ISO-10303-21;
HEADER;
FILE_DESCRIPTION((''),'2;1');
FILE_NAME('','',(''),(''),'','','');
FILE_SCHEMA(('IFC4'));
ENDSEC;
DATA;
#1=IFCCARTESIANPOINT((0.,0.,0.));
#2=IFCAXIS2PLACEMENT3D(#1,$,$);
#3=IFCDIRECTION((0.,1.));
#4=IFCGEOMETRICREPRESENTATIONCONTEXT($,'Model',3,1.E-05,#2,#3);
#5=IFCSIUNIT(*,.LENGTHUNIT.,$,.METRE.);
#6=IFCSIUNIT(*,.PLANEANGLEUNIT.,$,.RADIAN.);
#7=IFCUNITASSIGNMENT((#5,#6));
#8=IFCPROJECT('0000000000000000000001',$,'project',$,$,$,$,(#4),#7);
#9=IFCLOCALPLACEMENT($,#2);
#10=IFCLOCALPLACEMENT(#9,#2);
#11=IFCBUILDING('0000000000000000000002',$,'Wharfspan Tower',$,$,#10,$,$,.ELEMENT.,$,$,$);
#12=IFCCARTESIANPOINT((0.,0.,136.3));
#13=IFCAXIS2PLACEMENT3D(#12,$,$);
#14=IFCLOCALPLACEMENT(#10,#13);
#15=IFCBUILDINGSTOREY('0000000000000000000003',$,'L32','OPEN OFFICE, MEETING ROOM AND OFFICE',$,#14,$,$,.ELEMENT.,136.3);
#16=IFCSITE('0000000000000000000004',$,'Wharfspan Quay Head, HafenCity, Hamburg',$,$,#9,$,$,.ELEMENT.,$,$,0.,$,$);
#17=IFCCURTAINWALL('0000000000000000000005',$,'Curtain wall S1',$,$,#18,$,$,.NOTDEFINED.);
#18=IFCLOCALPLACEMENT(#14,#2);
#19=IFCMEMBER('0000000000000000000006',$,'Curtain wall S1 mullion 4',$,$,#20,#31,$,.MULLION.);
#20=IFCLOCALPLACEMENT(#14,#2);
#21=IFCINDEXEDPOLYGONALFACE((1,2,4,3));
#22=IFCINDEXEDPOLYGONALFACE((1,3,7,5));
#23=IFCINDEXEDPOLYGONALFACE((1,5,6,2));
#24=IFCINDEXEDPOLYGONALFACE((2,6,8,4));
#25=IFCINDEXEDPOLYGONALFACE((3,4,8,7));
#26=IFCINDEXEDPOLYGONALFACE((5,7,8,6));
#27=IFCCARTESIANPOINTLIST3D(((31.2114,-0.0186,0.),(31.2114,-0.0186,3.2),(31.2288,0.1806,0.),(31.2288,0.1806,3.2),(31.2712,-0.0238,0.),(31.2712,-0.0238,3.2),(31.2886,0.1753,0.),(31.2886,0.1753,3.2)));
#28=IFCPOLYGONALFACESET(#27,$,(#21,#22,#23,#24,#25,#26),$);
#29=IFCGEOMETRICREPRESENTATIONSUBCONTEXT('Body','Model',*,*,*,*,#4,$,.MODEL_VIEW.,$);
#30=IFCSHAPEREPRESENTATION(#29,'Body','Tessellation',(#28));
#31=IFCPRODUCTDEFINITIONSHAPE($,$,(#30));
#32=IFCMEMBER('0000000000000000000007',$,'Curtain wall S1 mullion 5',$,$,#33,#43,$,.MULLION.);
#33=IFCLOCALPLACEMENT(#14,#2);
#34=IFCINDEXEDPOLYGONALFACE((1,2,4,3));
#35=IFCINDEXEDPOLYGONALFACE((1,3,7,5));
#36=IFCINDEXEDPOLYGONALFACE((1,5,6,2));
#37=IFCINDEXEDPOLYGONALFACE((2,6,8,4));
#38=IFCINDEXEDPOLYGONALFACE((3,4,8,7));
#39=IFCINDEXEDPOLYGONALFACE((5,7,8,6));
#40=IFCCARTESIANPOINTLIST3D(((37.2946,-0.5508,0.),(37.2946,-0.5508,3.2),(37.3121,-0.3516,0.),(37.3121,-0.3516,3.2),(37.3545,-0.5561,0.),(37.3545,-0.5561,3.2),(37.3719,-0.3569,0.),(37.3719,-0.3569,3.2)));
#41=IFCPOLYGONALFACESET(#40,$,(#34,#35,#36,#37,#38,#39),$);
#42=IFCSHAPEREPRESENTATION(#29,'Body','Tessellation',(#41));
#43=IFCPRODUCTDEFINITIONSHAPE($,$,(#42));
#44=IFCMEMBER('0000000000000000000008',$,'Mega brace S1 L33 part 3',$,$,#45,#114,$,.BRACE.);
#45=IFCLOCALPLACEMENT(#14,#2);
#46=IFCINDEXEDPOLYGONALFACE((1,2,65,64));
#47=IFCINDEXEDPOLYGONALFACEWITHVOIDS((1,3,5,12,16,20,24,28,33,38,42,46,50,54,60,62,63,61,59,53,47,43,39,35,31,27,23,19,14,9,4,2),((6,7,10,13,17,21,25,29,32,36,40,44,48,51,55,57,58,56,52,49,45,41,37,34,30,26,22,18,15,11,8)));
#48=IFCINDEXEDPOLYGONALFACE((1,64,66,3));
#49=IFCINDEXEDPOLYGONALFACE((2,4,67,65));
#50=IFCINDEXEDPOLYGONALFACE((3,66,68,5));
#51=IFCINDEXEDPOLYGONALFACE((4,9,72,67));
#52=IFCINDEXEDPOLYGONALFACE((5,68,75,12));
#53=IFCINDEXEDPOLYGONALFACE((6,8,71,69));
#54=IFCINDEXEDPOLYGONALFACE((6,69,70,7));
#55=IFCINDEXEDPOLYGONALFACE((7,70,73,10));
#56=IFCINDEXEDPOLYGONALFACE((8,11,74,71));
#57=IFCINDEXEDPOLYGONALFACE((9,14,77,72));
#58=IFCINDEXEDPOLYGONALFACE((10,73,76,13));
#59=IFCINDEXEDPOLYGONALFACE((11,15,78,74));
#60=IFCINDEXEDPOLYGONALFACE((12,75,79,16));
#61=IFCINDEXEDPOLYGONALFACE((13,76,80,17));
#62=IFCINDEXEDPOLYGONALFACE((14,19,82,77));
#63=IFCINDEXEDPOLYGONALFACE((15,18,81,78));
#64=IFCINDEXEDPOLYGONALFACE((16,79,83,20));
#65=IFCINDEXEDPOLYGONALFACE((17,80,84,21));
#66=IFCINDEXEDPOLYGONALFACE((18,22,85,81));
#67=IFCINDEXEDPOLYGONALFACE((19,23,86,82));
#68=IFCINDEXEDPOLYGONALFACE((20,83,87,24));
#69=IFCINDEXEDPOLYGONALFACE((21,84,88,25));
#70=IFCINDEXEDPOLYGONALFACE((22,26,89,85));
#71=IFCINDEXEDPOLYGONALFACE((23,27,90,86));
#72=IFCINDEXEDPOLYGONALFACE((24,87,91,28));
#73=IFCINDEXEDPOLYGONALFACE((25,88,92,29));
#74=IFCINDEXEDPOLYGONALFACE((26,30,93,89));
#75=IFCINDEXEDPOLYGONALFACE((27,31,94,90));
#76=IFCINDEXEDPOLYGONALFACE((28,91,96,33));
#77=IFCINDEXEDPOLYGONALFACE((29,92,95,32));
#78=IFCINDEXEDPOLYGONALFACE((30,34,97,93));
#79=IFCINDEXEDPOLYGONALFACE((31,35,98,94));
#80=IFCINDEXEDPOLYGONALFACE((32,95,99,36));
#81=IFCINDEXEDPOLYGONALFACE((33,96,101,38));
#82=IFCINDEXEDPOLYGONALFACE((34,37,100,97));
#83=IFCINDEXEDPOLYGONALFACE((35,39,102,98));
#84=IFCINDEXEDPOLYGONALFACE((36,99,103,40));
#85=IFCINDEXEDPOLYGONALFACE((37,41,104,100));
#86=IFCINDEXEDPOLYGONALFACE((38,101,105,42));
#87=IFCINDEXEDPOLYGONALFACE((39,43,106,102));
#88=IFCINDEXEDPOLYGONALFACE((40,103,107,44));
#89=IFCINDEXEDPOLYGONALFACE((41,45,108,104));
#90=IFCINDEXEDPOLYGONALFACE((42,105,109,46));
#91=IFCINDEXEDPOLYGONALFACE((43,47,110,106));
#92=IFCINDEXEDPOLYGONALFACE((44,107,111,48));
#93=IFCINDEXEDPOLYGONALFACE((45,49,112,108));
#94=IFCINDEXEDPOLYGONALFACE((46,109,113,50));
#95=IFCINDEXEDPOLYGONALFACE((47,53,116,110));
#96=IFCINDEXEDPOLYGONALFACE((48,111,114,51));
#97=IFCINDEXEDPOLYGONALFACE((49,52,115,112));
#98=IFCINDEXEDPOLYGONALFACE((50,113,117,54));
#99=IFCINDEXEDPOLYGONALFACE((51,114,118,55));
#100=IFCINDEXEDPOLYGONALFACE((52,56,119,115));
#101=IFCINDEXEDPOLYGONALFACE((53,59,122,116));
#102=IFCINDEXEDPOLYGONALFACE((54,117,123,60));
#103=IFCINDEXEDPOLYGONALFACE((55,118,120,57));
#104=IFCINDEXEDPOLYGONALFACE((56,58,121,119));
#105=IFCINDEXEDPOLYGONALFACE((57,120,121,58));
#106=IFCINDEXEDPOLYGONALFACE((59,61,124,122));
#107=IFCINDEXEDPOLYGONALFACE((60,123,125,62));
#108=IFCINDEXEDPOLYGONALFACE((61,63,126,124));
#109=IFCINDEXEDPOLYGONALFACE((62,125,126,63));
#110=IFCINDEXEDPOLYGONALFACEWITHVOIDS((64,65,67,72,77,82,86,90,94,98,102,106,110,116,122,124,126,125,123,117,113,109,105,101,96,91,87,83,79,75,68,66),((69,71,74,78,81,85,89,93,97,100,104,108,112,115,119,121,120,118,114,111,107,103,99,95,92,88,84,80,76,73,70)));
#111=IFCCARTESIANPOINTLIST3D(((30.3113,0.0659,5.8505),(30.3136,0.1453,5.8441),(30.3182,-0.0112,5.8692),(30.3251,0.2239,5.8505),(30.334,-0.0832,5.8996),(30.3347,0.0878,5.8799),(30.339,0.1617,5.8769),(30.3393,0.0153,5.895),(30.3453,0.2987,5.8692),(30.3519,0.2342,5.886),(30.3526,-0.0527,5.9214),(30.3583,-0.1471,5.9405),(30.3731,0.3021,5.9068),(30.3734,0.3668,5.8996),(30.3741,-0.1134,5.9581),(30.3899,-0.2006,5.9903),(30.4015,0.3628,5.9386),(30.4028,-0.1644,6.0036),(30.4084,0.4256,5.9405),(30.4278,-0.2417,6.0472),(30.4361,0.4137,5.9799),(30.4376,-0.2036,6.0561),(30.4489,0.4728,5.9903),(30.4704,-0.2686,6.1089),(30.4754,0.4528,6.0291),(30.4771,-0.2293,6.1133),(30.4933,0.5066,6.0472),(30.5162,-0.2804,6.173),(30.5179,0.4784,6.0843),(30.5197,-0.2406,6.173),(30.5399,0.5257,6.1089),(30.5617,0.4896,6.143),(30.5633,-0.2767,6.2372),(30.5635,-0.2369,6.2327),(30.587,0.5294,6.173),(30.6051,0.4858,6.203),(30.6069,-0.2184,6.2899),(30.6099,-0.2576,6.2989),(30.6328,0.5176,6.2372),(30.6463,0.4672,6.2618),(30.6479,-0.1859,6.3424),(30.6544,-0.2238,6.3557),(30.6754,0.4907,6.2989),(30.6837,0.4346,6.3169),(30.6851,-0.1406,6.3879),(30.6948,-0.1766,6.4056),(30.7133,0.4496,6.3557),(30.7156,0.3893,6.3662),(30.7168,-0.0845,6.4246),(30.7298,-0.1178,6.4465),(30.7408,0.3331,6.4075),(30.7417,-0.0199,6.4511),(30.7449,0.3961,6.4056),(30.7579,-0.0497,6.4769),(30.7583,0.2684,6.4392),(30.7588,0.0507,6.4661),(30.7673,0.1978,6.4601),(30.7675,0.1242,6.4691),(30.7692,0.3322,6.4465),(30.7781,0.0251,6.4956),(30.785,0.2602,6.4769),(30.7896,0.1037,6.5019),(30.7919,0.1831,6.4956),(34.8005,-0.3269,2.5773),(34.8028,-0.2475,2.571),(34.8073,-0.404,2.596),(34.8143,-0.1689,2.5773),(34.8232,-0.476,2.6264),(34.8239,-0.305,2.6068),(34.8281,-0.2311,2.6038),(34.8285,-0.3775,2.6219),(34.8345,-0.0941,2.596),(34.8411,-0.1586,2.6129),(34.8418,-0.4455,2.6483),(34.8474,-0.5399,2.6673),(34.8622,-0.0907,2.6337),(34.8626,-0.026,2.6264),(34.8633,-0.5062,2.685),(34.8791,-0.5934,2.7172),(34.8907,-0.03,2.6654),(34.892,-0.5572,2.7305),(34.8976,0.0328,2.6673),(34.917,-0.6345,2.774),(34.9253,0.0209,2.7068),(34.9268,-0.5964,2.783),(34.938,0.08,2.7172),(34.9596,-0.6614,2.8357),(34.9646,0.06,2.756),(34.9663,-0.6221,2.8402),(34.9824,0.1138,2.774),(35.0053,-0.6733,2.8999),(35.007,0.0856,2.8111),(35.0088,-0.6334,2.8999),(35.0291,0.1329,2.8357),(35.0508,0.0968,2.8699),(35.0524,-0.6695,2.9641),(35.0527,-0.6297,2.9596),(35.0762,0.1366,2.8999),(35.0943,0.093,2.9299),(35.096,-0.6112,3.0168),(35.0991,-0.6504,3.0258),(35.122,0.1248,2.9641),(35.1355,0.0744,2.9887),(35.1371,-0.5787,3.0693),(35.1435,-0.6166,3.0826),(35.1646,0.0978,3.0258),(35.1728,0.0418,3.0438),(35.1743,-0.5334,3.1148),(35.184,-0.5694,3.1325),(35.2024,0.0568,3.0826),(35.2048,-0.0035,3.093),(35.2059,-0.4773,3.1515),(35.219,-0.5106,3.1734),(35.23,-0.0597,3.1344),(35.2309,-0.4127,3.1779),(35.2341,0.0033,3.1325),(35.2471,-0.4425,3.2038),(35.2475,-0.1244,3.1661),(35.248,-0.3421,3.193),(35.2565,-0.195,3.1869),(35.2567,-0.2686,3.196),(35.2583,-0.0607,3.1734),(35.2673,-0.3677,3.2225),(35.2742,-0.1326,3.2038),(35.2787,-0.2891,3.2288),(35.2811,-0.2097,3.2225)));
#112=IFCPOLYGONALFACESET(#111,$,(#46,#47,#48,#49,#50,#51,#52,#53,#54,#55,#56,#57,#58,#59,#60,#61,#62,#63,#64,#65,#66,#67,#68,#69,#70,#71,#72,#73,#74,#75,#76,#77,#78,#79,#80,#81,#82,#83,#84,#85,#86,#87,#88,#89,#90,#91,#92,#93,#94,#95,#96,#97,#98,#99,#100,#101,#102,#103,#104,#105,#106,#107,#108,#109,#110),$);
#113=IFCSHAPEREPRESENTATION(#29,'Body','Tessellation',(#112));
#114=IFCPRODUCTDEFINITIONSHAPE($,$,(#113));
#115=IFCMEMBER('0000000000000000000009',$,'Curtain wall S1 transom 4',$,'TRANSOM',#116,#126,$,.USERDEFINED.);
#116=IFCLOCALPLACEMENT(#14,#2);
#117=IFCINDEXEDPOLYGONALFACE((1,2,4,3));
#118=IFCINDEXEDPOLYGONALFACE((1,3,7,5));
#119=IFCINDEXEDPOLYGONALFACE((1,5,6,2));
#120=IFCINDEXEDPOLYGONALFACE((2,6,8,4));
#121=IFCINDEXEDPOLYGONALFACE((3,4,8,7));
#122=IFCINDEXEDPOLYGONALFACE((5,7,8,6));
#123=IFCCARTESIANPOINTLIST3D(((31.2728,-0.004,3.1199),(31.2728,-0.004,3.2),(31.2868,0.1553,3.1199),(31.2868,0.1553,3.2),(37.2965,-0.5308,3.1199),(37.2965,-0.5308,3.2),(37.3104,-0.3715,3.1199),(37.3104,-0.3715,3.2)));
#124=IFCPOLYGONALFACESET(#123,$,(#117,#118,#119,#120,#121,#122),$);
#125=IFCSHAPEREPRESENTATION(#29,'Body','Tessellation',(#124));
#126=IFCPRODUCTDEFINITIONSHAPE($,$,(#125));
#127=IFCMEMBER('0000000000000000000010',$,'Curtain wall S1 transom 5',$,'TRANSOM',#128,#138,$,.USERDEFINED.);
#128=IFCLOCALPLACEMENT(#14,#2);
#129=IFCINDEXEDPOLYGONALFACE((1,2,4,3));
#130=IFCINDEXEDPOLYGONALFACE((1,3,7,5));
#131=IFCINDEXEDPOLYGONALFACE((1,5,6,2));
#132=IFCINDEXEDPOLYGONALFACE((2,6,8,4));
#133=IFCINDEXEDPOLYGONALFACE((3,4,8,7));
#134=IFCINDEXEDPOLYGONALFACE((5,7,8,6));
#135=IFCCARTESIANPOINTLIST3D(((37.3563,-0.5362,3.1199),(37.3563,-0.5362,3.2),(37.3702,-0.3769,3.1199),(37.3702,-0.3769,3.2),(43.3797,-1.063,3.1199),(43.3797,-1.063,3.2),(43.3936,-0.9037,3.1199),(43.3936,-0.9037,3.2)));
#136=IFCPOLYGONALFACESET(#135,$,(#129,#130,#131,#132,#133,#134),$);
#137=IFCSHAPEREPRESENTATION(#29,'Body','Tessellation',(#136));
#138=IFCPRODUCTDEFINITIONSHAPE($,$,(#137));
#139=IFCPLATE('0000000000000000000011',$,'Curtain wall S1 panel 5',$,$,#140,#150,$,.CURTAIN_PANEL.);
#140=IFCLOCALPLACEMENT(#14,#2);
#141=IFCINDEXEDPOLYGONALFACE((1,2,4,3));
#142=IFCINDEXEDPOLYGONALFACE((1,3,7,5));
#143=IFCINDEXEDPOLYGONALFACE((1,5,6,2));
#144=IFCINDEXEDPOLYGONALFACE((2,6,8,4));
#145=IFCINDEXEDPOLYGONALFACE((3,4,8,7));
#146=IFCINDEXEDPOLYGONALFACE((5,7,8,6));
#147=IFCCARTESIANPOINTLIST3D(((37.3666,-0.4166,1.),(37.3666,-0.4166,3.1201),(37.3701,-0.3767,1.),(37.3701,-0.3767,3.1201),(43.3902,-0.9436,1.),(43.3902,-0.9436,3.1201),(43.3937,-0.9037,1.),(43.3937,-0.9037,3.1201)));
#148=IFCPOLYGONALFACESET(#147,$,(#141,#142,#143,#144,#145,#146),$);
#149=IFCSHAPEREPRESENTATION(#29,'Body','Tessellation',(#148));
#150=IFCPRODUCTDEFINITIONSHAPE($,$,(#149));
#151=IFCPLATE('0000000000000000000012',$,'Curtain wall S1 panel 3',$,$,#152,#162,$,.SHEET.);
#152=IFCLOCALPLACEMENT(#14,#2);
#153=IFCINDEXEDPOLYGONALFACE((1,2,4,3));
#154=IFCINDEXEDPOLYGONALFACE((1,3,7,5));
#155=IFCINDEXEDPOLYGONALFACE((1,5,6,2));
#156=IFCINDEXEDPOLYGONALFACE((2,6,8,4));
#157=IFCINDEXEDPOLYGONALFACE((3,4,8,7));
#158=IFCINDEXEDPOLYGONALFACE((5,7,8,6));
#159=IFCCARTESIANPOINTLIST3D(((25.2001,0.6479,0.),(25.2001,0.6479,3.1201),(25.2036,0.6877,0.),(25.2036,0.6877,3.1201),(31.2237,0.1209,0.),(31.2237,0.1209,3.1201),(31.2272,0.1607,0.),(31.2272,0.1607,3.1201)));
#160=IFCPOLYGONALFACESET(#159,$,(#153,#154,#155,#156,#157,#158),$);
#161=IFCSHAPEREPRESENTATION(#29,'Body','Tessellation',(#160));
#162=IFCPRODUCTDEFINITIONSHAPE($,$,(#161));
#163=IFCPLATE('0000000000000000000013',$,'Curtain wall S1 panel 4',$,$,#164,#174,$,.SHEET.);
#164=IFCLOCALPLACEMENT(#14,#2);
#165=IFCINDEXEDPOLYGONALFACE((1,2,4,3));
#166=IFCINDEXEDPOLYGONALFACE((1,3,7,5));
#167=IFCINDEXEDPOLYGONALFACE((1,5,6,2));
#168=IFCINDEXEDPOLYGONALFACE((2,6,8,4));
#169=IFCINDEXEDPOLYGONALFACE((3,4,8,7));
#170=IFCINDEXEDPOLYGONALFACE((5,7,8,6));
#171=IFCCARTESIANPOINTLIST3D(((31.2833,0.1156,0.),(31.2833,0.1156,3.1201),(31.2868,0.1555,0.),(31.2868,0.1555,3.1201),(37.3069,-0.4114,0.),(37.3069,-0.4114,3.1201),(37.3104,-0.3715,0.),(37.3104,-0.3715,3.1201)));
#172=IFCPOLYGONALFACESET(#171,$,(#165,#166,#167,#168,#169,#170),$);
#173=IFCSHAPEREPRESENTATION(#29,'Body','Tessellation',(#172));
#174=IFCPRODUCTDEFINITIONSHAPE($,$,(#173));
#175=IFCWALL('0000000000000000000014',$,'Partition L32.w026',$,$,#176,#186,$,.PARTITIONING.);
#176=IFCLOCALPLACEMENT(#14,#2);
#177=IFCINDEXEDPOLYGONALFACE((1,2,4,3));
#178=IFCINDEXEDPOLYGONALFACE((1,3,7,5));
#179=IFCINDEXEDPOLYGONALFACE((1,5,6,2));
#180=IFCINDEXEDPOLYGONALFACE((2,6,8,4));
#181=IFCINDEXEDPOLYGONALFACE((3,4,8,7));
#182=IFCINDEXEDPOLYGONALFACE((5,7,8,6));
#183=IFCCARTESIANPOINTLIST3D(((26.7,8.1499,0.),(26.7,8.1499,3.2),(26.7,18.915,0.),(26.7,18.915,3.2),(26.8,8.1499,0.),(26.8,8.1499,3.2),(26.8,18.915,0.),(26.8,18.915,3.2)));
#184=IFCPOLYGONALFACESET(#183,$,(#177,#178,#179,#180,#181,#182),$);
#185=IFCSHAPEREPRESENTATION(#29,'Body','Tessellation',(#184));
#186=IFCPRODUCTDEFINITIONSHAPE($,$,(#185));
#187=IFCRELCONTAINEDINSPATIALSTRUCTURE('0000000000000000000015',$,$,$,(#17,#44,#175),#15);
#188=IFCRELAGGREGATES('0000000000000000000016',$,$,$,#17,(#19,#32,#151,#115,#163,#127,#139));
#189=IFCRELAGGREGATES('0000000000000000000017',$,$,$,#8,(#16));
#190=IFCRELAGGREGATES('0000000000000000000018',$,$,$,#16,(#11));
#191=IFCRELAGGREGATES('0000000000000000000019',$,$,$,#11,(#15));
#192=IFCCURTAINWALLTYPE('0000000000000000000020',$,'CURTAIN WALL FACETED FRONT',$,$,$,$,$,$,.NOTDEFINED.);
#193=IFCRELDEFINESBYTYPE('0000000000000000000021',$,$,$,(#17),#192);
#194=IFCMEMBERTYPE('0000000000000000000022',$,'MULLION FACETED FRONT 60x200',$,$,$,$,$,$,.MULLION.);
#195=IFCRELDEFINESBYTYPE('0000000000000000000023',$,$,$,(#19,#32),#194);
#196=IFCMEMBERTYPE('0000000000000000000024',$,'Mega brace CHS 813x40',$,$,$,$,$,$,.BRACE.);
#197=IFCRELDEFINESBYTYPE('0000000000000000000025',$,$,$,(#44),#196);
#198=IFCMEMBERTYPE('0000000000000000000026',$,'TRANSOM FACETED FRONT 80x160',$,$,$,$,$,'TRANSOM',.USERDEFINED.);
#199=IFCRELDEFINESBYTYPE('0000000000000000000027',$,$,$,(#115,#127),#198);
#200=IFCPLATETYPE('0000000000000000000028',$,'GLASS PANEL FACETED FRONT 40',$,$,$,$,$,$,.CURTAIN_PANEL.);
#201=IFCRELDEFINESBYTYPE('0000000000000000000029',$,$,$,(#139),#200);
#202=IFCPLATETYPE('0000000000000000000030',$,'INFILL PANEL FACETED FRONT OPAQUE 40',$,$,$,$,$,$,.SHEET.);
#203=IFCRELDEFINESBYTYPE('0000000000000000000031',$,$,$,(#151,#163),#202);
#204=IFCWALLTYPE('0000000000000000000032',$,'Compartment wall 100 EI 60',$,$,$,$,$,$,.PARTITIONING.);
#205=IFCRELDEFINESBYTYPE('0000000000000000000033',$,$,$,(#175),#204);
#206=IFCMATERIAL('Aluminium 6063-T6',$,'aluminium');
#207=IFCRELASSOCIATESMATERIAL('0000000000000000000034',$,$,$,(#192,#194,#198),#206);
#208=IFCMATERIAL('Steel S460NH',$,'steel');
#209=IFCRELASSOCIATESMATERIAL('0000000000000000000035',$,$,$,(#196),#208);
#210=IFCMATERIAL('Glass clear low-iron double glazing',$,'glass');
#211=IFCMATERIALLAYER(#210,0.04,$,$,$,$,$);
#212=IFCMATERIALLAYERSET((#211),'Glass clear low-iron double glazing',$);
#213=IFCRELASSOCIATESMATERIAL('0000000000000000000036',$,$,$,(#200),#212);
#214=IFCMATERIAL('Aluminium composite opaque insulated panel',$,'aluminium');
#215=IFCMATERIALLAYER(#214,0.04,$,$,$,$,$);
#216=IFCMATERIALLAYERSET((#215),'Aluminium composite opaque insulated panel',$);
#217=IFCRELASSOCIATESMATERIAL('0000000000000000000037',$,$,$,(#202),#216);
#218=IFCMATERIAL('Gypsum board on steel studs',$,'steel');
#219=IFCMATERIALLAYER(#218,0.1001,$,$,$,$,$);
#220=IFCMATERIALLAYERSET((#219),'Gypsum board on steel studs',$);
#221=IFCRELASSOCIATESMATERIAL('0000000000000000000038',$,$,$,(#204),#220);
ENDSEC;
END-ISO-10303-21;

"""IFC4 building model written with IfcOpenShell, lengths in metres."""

from ifc_helpers import new_model, si_unit, direction, frame, frame_2d, origin, origin_2d, place, context, subcontext, project, spatial, rectangle, hollow_circle, extrude, material, layer, layer_set, material_profile, profile_set, type_object, element, aggregate, save


model = new_model("IFC4")

# Units and contexts
model_context = context("Model", 3, precision=1e-05, world=origin(), true_north=direction((0.0, 1.0)))
body_context = subcontext(model_context, "Body", "Model", "MODEL_VIEW")
ifc_project = project(units=[si_unit("LENGTHUNIT", "METRE"), si_unit("PLANEANGLEUNIT", "RADIAN")], contexts=[model_context])

# Site, building, storey
site_placement = place(None, origin())
site = spatial("IfcSite", under=ifc_project, at=site_placement, Name="Wharfspan Quay Head, HafenCity, Hamburg", CompositionType="ELEMENT", RefElevation=0.0)
building_placement = place(site_placement, origin())
building = spatial("IfcBuilding", under=site, at=building_placement, Name="Wharfspan Tower", CompositionType="ELEMENT")
storey_placement = place(building_placement, frame((0.0, 0.0, 136.3)))
storey = spatial("IfcBuildingStorey", under=building, at=storey_placement, Name="L32", Description="OPEN OFFICE, MEETING ROOM AND OFFICE", CompositionType="ELEMENT", Elevation=136.3)

# Curtain wall, members
ifc_material_1 = material(Name="Aluminium 6063-T6", Category="aluminium")
curtain_wall_type = type_object("IfcCurtainWallType", Name="CURTAIN WALL FACETED FRONT", PredefinedType="NOTDEFINED", material=ifc_material_1)
curtain_wall_placement = place(storey_placement, origin())
curtain_wall = element("IfcCurtainWall", 1, at=curtain_wall_placement, inside=storey, type_object=curtain_wall_type, Name="Curtain wall S1", PredefinedType="NOTDEFINED")
ifc_material_profile_1 = material_profile(ifc_material_1, rectangle(XDim=0.2, YDim=0.0601, at=origin_2d()))
ifc_profile_set_1 = profile_set([ifc_material_profile_1], Name="Aluminium 6063-T6")
member_type_1 = type_object("IfcMemberType", Name="MULLION FACETED FRONT 60x200", PredefinedType="MULLION", material=ifc_profile_set_1)
member_1_placement = place(storey_placement, frame((31.25, 0.0784, 0.0), z_axis=(0.0, 0.0, 1.0), x_axis=(0.087156, 0.996198, 0.0)))
member_1 = element("IfcMember", 2, at=member_1_placement, type_object=member_type_1, Name="Curtain wall S1 mullion 4", PredefinedType="MULLION", context=body_context, shape_type="SweptSolid", body=[
    extrude(rectangle(XDim=0.2, YDim=0.0601, at=origin_2d()), origin(), (0.0, 0.0, 1.0), 3.2),
])
member_2_placement = place(storey_placement, frame((37.3333, -0.4539, 0.0), z_axis=(0.0, 0.0, 1.0), x_axis=(0.087156, 0.996198, 0.0)))
member_2 = element("IfcMember", 3, at=member_2_placement, type_object=member_type_1, Name="Curtain wall S1 mullion 5", PredefinedType="MULLION", context=body_context, shape_type="SweptSolid", body=[
    extrude(rectangle(XDim=0.2, YDim=0.0601, at=origin_2d()), origin(), (0.0, 0.0, 1.0), 3.2),
])

# Members
ifc_material_2 = material(Name="Steel S460NH", Category="steel")
ifc_material_profile_2 = material_profile(ifc_material_2, hollow_circle(Radius=0.4065, WallThickness=0.04, at=origin_2d()))
ifc_profile_set_2 = profile_set([ifc_material_profile_2], Name="Steel S460NH")
member_type_2 = type_object("IfcMemberType", Name="Mega brace CHS 813x40", PredefinedType="BRACE", material=ifc_profile_set_2)
member_3_placement = place(storey_placement, frame((35.0408, -0.2683, 2.8999), z_axis=(-0.806015, 0.070528, 0.587679), x_axis=(-0.087171, -0.996191, -0.000003)))
element("IfcMember", 4, at=member_3_placement, inside=storey, type_object=member_type_2, Name="Mega brace S1 L33 part 3", PredefinedType="BRACE", context=body_context, shape_type="SweptSolid", body=[
    extrude(hollow_circle(Radius=0.4065, WallThickness=0.04, at=origin_2d()), origin(), (0.0, 0.0, 1.0), 5.5696),
])
ifc_material_profile_3 = material_profile(ifc_material_1, rectangle(XDim=0.1599, YDim=0.0801, at=origin_2d()))
ifc_profile_set_3 = profile_set([ifc_material_profile_3], Name="Aluminium 6063-T6")
member_type_3 = type_object("IfcMemberType", Name="TRANSOM FACETED FRONT 80x160", ElementType="TRANSOM", PredefinedType="USERDEFINED", material=ifc_profile_set_3)
member_4_placement = place(storey_placement, frame((31.2798, 0.0757, 3.1599), z_axis=(0.996197, -0.087131, 0.0), x_axis=(0.087131, 0.996197, 0.0)))
member_4 = element("IfcMember", 5, at=member_4_placement, type_object=member_type_3, Name="Curtain wall S1 transom 4", ObjectType="TRANSOM", PredefinedType="USERDEFINED", context=body_context, shape_type="SweptSolid", body=[
    extrude(rectangle(XDim=0.1599, YDim=0.0801, at=origin_2d()), origin(), (0.0, 0.0, 1.0), 6.0466),
])
member_5_placement = place(storey_placement, frame((37.3633, -0.4565, 3.1599), z_axis=(0.996197, -0.087135, 0.0), x_axis=(0.087135, 0.996197, 0.0)))
member_5 = element("IfcMember", 6, at=member_5_placement, type_object=member_type_3, Name="Curtain wall S1 transom 5", ObjectType="TRANSOM", PredefinedType="USERDEFINED", context=body_context, shape_type="SweptSolid", body=[
    extrude(rectangle(XDim=0.1599, YDim=0.0801, at=origin_2d()), origin(), (0.0, 0.0, 1.0), 6.0464),
])

# Plates
ifc_material_3 = material(Name="Glass clear low-iron double glazing", Category="glass")
ifc_layer_1 = layer(ifc_material_3, 0.04)
ifc_layer_set_1 = layer_set([ifc_layer_1], Name="Glass clear low-iron double glazing")
plate_type_1 = type_object("IfcPlateType", Name="GLASS PANEL FACETED FRONT 40", PredefinedType="CURTAIN_PANEL", material=ifc_layer_set_1)
plate_1_placement = place(storey_placement, frame((40.3801, -0.6602, 1.0), z_axis=(0.0, 0.0, 1.0), x_axis=(0.996198, -0.087156, 0.0)))
plate_1 = element("IfcPlate", 7, at=plate_1_placement, type_object=plate_type_1, Name="Curtain wall S1 panel 5", PredefinedType="CURTAIN_PANEL", context=body_context, shape_type="SweptSolid", body=[
    extrude(rectangle(XDim=6.0466, YDim=0.04, at=origin_2d()), origin(), (0.0, 0.0, 1.0), 2.1201),
])
ifc_material_4 = material(Name="Aluminium composite opaque insulated panel", Category="aluminium")
ifc_layer_2 = layer(ifc_material_4, 0.04)
ifc_layer_set_2 = layer_set([ifc_layer_2], Name="Aluminium composite opaque insulated panel")
plate_type_2 = type_object("IfcPlateType", Name="INFILL PANEL FACETED FRONT OPAQUE 40", PredefinedType="SHEET", material=ifc_layer_set_2)
plate_2_placement = place(storey_placement, frame((28.2136, 0.4043, 0.0), z_axis=(0.0, 0.0, 1.0), x_axis=(0.996198, -0.087156, 0.0)))
plate_2 = element("IfcPlate", 8, at=plate_2_placement, type_object=plate_type_2, Name="Curtain wall S1 panel 3", PredefinedType="SHEET", context=body_context, shape_type="SweptSolid", body=[
    extrude(rectangle(XDim=6.0466, YDim=0.04, at=origin_2d()), origin(), (0.0, 0.0, 1.0), 3.1201),
])
plate_3_placement = place(storey_placement, frame((34.2969, -0.1279, 0.0), z_axis=(0.0, 0.0, 1.0), x_axis=(0.996198, -0.087156, 0.0)))
plate_3 = element("IfcPlate", 9, at=plate_3_placement, type_object=plate_type_2, Name="Curtain wall S1 panel 4", PredefinedType="SHEET", context=body_context, shape_type="SweptSolid", body=[
    extrude(rectangle(XDim=6.0466, YDim=0.04, at=origin_2d()), origin(), (0.0, 0.0, 1.0), 3.1201),
])
aggregate(curtain_wall, [member_1, member_2, plate_2, member_4, plate_3, member_5, plate_1])

# Wall
ifc_material_5 = material(Name="Gypsum board on steel studs", Category="steel")
ifc_layer_3 = layer(ifc_material_5, 0.1001)
ifc_layer_set_3 = layer_set([ifc_layer_3], Name="Gypsum board on steel studs")
wall_type_1 = type_object("IfcWallType", Name="Compartment wall 100 EI 60", PredefinedType="PARTITIONING", material=ifc_layer_set_3)
wall_1_placement = place(storey_placement, frame((26.75, 8.1499, 0.0), z_axis=(0.0, 0.0, 1.0), x_axis=(0.0, 1.0, 0.0)))
element("IfcWall", 10, at=wall_1_placement, inside=storey, type_object=wall_type_1, Name="Partition L32.w026", PredefinedType="PARTITIONING", context=body_context, shape_type="SweptSolid", body=[
    extrude(rectangle(XDim=10.7651, YDim=0.1001, at=frame_2d((5.3826, 0.0))), origin(), (0.0, 0.0, 1.0), 3.2),
])

save(model, "model.ifc")
